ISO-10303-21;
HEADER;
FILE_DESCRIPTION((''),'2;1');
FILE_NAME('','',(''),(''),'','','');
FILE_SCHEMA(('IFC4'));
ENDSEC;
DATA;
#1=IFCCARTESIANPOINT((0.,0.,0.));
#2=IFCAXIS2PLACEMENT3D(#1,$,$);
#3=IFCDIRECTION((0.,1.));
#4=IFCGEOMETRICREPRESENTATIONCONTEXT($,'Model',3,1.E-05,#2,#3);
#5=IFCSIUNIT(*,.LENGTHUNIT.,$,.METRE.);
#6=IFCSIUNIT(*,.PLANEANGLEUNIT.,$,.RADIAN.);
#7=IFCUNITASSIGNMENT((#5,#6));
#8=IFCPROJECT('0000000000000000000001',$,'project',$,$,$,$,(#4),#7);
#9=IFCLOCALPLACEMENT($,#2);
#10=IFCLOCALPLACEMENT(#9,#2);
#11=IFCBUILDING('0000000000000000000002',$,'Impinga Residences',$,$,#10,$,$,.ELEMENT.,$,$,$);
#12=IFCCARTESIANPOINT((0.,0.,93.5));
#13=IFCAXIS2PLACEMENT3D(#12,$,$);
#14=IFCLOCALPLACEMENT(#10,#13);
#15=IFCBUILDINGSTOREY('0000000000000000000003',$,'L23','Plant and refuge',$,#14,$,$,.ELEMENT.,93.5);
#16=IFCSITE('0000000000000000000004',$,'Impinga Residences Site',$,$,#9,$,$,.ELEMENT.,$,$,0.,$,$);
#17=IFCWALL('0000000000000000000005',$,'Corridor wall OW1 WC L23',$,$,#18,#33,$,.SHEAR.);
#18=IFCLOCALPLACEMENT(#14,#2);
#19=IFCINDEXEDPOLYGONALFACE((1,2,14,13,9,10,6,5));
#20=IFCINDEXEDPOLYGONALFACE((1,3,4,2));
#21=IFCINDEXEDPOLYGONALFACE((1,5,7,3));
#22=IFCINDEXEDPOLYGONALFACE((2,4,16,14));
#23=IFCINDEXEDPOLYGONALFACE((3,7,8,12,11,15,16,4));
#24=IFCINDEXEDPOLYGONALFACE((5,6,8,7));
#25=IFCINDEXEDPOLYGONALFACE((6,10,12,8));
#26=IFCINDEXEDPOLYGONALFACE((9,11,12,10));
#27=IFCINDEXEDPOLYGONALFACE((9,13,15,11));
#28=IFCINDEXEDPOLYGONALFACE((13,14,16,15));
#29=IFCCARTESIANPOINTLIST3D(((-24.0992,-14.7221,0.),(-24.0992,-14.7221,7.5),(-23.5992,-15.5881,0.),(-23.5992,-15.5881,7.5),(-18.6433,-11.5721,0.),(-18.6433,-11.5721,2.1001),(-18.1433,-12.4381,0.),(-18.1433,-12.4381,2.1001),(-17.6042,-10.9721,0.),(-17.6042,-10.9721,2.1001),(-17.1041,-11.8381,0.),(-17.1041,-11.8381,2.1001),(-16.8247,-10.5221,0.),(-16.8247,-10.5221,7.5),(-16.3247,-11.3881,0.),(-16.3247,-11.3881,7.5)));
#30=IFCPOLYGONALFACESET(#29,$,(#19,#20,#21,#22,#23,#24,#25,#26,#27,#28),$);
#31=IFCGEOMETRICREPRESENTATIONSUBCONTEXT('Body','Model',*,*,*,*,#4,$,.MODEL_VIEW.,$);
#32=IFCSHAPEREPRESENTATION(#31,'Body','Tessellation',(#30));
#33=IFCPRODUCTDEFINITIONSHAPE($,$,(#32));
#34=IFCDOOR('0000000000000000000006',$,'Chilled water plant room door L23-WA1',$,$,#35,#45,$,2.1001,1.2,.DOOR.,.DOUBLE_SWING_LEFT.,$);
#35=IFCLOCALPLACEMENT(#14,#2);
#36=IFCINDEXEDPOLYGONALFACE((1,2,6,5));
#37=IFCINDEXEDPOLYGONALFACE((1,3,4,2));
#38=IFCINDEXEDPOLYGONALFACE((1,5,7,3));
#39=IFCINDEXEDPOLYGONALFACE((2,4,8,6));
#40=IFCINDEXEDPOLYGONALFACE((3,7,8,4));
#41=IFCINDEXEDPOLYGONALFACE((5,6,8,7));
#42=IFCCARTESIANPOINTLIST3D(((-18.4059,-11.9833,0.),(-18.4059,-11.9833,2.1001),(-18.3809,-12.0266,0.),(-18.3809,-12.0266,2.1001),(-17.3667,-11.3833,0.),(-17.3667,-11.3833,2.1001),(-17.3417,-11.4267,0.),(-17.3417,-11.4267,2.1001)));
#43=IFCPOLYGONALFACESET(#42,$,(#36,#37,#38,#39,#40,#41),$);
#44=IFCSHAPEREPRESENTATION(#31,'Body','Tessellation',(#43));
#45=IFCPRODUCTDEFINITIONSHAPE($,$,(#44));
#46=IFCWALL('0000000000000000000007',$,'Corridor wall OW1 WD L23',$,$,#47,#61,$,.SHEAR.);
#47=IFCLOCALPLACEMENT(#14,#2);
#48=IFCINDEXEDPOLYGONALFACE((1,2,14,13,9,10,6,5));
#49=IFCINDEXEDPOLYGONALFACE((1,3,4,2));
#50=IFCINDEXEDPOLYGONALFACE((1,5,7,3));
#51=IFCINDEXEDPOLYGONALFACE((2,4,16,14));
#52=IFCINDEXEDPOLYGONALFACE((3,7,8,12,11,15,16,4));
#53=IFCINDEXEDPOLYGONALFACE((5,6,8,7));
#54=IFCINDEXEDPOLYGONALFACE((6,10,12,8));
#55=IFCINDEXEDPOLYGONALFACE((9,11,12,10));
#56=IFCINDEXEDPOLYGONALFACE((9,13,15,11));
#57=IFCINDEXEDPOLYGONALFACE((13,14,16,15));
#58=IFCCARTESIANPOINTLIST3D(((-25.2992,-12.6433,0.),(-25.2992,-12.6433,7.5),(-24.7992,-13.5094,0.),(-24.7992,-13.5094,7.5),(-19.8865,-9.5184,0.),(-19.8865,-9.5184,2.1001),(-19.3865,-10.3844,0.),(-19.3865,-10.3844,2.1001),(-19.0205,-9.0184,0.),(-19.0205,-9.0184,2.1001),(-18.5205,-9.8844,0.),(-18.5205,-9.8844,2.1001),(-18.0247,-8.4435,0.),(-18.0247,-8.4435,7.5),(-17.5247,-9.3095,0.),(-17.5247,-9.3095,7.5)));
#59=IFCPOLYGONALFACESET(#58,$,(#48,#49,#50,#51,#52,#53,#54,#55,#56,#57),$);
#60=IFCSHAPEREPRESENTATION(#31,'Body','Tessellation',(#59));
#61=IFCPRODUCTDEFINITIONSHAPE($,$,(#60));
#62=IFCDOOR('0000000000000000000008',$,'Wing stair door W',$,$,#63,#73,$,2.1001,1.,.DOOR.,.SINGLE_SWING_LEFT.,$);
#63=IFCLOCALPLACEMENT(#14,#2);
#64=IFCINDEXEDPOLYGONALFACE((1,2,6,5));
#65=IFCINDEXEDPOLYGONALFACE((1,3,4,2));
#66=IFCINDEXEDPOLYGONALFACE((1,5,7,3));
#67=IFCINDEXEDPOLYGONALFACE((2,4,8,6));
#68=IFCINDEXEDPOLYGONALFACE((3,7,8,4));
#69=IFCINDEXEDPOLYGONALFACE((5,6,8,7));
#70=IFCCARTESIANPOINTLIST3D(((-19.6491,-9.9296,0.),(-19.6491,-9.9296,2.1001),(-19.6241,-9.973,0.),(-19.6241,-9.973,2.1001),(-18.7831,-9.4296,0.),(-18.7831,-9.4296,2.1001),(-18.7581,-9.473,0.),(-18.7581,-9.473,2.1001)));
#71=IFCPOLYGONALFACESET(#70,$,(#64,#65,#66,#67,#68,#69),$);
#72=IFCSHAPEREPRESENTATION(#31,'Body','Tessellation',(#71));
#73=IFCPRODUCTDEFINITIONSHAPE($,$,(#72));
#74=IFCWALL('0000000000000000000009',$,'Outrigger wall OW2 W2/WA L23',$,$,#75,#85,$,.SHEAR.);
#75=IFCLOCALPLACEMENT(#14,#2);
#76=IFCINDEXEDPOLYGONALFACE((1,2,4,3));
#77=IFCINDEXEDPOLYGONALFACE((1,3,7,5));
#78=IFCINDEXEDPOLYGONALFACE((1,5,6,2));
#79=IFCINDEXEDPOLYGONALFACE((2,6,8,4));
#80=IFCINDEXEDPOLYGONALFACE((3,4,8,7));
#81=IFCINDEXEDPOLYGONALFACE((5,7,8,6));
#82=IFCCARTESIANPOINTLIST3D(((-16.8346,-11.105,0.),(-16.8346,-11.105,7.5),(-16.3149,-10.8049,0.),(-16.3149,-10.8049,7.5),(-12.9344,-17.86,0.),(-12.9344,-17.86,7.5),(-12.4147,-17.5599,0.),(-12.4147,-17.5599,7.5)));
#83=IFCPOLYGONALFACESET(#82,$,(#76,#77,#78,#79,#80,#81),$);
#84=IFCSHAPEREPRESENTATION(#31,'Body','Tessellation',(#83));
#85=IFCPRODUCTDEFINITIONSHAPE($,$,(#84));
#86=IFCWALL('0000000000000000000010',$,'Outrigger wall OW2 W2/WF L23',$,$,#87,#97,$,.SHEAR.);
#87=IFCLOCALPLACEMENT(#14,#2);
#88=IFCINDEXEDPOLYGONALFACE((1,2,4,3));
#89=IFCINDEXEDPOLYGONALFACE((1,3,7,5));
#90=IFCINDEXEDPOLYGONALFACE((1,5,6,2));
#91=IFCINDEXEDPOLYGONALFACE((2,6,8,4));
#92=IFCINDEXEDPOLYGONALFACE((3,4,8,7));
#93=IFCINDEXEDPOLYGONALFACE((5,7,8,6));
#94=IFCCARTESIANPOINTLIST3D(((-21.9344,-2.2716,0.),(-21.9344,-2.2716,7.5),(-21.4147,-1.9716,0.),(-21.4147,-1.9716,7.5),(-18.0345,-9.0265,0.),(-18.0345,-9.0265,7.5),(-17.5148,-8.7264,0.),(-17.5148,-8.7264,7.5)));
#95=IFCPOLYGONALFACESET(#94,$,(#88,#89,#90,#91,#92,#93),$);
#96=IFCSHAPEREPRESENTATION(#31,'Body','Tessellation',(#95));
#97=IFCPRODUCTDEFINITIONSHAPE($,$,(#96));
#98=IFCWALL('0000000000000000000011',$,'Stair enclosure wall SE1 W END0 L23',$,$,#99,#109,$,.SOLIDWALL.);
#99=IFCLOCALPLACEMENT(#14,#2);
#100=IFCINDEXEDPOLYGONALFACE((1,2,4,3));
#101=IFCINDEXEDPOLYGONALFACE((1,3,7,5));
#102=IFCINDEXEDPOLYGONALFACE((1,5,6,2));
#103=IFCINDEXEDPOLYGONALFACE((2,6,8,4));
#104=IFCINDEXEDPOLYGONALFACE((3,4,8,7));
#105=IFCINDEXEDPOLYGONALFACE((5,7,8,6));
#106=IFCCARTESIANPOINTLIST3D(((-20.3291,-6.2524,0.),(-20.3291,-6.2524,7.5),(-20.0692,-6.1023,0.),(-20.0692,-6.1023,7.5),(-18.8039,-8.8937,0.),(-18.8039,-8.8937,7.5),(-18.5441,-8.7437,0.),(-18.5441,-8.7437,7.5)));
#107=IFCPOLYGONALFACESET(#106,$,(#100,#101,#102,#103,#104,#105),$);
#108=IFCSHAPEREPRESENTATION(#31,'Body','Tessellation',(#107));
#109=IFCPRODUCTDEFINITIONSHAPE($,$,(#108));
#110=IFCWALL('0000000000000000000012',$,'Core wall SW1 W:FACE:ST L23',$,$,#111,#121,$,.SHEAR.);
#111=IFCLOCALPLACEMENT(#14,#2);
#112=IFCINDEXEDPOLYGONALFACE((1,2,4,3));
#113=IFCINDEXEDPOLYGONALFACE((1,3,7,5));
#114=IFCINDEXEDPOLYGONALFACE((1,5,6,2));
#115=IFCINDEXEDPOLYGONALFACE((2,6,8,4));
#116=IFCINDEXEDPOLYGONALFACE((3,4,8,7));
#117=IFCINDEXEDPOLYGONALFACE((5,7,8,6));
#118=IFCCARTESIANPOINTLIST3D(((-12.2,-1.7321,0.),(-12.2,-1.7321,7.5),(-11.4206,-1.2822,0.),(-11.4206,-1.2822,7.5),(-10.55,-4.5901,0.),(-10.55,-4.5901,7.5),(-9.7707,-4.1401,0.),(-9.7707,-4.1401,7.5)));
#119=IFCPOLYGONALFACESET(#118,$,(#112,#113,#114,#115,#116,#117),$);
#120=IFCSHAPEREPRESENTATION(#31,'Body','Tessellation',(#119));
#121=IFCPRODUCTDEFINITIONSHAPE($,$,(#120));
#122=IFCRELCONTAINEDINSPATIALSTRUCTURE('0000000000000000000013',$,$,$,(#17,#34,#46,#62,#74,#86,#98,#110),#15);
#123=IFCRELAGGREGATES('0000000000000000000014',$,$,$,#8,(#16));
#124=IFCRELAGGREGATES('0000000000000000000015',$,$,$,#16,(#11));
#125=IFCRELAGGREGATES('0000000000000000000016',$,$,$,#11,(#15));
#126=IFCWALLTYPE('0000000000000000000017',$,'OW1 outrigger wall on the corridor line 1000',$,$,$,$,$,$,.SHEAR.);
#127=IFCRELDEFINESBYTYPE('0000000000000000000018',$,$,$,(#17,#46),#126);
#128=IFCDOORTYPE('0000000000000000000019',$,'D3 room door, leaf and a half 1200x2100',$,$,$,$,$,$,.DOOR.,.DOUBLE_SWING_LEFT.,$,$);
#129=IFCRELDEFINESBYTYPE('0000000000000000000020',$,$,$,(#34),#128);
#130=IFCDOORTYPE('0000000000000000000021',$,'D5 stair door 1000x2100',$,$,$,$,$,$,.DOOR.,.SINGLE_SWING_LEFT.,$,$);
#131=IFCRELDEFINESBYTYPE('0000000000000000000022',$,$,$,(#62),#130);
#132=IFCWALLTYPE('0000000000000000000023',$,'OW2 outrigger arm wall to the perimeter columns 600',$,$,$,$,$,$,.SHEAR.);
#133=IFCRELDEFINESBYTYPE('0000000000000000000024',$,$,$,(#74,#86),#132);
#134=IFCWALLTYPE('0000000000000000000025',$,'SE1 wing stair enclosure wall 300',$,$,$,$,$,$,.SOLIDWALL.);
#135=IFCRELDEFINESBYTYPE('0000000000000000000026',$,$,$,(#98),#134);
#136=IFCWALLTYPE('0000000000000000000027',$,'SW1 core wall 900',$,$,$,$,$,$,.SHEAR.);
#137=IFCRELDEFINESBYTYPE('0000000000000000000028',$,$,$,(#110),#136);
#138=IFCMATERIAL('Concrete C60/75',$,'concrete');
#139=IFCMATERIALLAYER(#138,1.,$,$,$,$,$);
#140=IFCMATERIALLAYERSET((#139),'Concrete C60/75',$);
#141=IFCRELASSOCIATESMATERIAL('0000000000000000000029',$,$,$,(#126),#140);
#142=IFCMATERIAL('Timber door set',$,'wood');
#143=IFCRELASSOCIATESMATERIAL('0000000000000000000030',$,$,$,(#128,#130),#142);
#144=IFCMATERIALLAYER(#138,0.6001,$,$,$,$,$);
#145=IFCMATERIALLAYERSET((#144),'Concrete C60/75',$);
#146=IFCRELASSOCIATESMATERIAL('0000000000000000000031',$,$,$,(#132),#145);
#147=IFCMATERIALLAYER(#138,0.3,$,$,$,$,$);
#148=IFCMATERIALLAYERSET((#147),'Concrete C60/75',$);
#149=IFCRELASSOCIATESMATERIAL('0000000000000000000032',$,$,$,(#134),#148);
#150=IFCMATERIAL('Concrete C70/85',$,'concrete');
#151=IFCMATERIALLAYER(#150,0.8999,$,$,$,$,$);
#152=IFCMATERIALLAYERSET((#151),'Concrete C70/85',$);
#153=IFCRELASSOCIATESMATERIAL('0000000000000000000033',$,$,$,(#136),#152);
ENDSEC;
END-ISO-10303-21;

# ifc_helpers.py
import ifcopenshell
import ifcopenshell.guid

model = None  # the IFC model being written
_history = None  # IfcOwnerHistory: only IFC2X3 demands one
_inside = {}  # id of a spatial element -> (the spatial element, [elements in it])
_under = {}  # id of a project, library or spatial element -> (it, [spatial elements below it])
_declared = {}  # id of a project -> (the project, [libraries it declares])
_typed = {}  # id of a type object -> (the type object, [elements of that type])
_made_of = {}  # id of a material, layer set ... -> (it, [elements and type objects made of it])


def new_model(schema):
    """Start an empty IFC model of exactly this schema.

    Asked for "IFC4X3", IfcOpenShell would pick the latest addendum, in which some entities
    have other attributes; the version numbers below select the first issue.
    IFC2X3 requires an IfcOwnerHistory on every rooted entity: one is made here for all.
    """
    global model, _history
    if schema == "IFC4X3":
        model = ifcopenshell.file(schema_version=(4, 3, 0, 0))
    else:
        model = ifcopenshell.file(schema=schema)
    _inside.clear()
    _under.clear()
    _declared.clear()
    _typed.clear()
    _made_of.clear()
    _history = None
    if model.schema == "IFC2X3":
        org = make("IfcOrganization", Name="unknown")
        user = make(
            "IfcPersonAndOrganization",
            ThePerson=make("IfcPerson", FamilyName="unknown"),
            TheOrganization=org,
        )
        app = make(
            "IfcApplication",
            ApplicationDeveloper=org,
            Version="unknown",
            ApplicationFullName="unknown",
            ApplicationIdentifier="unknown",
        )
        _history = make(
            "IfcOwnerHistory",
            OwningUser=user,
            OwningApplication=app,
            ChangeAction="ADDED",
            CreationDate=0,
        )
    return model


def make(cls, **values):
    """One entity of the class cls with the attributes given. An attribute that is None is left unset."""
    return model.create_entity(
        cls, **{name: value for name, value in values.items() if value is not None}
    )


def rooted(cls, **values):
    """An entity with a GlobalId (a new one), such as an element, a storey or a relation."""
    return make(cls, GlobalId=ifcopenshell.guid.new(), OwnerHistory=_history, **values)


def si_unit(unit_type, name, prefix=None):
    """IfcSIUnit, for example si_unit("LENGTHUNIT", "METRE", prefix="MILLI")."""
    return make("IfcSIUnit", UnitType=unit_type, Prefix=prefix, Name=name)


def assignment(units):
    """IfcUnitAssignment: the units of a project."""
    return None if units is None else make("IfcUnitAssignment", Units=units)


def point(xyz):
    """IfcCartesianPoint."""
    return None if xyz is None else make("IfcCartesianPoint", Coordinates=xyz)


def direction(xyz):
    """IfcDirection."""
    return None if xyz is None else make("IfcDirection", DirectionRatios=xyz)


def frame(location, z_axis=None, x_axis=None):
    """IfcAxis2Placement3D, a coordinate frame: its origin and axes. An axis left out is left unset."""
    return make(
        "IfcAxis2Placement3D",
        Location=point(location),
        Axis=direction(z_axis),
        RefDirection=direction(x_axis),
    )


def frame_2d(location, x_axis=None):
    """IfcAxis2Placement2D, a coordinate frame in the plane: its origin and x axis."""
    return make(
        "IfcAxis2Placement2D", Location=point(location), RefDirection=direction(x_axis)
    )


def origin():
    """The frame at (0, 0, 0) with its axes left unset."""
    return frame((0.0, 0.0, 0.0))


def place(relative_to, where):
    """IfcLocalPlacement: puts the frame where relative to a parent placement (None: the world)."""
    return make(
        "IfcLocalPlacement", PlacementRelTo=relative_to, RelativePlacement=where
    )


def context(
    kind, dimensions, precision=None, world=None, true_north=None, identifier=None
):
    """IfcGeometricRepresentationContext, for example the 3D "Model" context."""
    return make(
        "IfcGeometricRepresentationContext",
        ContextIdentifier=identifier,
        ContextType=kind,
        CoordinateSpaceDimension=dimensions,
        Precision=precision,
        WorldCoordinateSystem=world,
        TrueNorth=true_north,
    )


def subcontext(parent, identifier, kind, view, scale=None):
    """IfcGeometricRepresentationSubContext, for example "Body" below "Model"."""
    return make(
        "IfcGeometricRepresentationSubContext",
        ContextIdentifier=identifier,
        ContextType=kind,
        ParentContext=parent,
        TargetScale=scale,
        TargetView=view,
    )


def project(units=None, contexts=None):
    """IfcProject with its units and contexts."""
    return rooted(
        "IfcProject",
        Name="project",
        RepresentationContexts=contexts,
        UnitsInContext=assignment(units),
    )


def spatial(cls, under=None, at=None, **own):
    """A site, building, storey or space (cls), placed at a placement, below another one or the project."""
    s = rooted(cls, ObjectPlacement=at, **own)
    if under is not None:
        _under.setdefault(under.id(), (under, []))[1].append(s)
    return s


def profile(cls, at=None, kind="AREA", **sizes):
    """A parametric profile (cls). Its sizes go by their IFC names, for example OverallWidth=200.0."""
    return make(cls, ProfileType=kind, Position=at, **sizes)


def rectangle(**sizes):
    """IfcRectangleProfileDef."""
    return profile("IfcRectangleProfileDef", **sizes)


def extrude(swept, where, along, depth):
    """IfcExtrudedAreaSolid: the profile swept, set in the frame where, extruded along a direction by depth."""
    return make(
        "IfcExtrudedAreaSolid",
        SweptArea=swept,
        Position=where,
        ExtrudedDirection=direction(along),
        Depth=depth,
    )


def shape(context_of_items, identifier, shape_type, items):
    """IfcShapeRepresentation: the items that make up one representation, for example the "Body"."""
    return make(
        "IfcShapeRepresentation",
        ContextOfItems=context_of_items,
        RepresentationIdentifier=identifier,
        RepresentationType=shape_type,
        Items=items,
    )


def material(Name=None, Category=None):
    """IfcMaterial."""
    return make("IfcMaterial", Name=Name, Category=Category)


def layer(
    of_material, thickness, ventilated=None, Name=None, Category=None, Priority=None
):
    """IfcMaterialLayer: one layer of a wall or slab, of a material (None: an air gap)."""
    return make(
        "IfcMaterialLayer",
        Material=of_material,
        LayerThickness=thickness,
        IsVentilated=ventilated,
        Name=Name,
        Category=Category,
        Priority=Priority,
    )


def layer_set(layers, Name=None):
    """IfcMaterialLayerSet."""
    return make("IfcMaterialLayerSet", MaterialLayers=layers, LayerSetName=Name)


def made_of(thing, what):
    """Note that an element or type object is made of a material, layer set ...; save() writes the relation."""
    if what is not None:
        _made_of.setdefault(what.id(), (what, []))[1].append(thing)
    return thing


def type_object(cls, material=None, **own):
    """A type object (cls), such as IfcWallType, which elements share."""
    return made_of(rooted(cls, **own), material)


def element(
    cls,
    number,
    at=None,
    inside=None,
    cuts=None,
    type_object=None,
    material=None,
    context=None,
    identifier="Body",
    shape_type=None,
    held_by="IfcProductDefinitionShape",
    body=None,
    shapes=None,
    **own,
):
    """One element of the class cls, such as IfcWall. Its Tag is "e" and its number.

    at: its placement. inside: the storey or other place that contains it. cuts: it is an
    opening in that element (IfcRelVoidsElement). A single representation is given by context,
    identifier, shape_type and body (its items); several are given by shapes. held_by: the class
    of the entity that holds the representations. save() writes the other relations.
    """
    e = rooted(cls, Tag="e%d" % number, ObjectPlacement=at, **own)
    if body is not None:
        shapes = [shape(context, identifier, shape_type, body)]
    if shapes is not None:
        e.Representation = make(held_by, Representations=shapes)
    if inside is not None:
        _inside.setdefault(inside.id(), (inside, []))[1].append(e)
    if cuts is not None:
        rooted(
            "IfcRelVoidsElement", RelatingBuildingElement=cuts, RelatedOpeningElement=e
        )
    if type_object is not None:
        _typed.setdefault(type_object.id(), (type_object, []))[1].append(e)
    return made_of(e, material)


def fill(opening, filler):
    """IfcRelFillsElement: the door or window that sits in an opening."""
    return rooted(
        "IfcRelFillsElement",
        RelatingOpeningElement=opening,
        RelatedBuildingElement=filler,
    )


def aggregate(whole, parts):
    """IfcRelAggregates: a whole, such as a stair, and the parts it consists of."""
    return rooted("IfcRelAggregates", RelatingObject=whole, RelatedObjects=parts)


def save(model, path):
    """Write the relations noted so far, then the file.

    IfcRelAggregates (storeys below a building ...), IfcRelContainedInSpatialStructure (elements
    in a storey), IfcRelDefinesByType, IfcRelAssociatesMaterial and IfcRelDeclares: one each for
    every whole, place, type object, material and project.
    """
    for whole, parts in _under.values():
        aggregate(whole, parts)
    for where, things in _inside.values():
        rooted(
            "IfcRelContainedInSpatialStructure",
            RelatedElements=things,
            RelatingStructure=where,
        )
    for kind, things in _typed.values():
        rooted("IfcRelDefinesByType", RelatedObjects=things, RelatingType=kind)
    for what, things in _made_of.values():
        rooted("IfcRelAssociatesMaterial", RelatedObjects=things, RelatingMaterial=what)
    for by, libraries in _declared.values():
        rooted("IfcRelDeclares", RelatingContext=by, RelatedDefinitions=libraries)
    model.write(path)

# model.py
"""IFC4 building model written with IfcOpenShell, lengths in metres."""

from ifc_helpers import new_model, si_unit, direction, frame, frame_2d, origin, place, context, subcontext, project, spatial, rectangle, extrude, material, layer, layer_set, type_object, element, fill, save


model = new_model("IFC4")

# Units and contexts
model_context = context("Model", 3, precision=1e-05, world=origin(), true_north=direction((0.0, 1.0)))
body_context = subcontext(model_context, "Body", "Model", "MODEL_VIEW")
ifc_project = project(units=[si_unit("LENGTHUNIT", "METRE"), si_unit("PLANEANGLEUNIT", "RADIAN")], contexts=[model_context])

# Site, building, storey
site_placement = place(None, origin())
site = spatial("IfcSite", under=ifc_project, at=site_placement, Name="Impinga Residences Site", CompositionType="ELEMENT", RefElevation=0.0)
building_placement = place(site_placement, origin())
building = spatial("IfcBuilding", under=site, at=building_placement, Name="Impinga Residences", CompositionType="ELEMENT")
storey_placement = place(building_placement, frame((0.0, 0.0, 93.5)))
storey = spatial("IfcBuildingStorey", under=building, at=storey_placement, Name="L23", Description="Plant and refuge", CompositionType="ELEMENT", Elevation=93.5)

# Shared definitions
ifc_material_1 = material(Name="Concrete C70/85", Category="concrete")

# Walls, openings, doors
ifc_material_2 = material(Name="Concrete C60/75", Category="concrete")
ifc_layer_1 = layer(ifc_material_2, 1.0)
ifc_layer_set_1 = layer_set([ifc_layer_1], Name="Concrete C60/75")
wall_type_1 = type_object("IfcWallType", Name="OW1 outrigger wall on the corridor line 1000", PredefinedType="SHEAR", material=ifc_layer_set_1)
wall_1_placement = place(storey_placement, frame((-16.5747, -10.9551, 0.0), z_axis=(0.0, 0.0, 1.0), x_axis=(-0.866022, -0.500006, 0.0)))
wall_1 = element("IfcWall", 1, at=wall_1_placement, inside=storey, type_object=wall_type_1, Name="Corridor wall OW1 WC L23", PredefinedType="SHEAR", context=body_context, shape_type="SweptSolid", body=[
    extrude(rectangle(XDim=8.3999, YDim=1.0, at=frame_2d((4.2, 0.0))), origin(), (0.0, 0.0, 1.0), 7.5),
])
opening_1_placement = place(wall_1_placement, frame((0.8999, 0.0, 0.0)))
opening_1 = element("IfcOpeningElement", 2, at=opening_1_placement, cuts=wall_1, PredefinedType="OPENING", context=body_context, shape_type="SweptSolid", body=[
    extrude(rectangle(XDim=1.2, YDim=2.1001, at=frame_2d((0.6001, 1.05))), frame((0.0, 0.51, 0.0), z_axis=(0.0, -1.0, 0.0), x_axis=(1.0, 0.0, 0.0)), (0.0, 0.0, 1.0), 1.02),
])
ifc_material_3 = material(Name="Timber door set", Category="wood")
door_type_1 = type_object("IfcDoorType", Name="D3 room door, leaf and a half 1200x2100", OperationType="DOUBLE_SWING_LEFT", PredefinedType="DOOR", material=ifc_material_3)
door_1_placement = place(opening_1_placement, origin())
door_1 = element("IfcDoor", 3, at=door_1_placement, inside=storey, type_object=door_type_1, Name="Chilled water plant room door L23-WA1", OperationType="DOUBLE_SWING_LEFT", OverallHeight=2.1001, OverallWidth=1.2, PredefinedType="DOOR", context=body_context, shape_type="SweptSolid", body=[
    extrude(rectangle(XDim=1.2, YDim=2.1001, at=frame_2d((0.6001, 1.05))), frame((0.0, 0.0249, 0.0), z_axis=(0.0, -1.0, 0.0), x_axis=(1.0, 0.0, 0.0)), (0.0, 0.0, 1.0), 0.05),
])
fill(opening_1, door_1)
wall_2_placement = place(storey_placement, frame((-17.7747, -8.8765, 0.0), z_axis=(0.0, 0.0, 1.0), x_axis=(-0.866029, -0.499993, 0.0)))
wall_2 = element("IfcWall", 4, at=wall_2_placement, inside=storey, type_object=wall_type_1, Name="Corridor wall OW1 WD L23", PredefinedType="SHEAR", context=body_context, shape_type="SweptSolid", body=[
    extrude(rectangle(XDim=8.3999, YDim=1.0, at=frame_2d((4.2, 0.0))), origin(), (0.0, 0.0, 1.0), 7.5),
])
opening_2_placement = place(wall_2_placement, frame((1.1499, 0.0, 0.0)))
opening_2 = element("IfcOpeningElement", 5, at=opening_2_placement, cuts=wall_2, PredefinedType="OPENING", context=body_context, shape_type="SweptSolid", body=[
    extrude(rectangle(XDim=1.0, YDim=2.1001, at=frame_2d((0.5, 1.05))), frame((0.0, 0.51, 0.0), z_axis=(0.0, -1.0, 0.0), x_axis=(1.0, 0.0, 0.0)), (0.0, 0.0, 1.0), 1.02),
])
door_type_2 = type_object("IfcDoorType", Name="D5 stair door 1000x2100", OperationType="SINGLE_SWING_LEFT", PredefinedType="DOOR", material=ifc_material_3)
door_2_placement = place(opening_2_placement, origin())
door_2 = element("IfcDoor", 6, at=door_2_placement, inside=storey, type_object=door_type_2, Name="Wing stair door W", OperationType="SINGLE_SWING_LEFT", OverallHeight=2.1001, OverallWidth=1.0, PredefinedType="DOOR", context=body_context, shape_type="SweptSolid", body=[
    extrude(rectangle(XDim=1.0, YDim=2.1001, at=frame_2d((0.5, 1.05))), frame((0.0, 0.0249, 0.0), z_axis=(0.0, -1.0, 0.0), x_axis=(1.0, 0.0, 0.0)), (0.0, 0.0, 1.0), 0.05),
])
fill(opening_2, door_2)

# Walls
ifc_layer_2 = layer(ifc_material_2, 0.6001)
ifc_layer_set_2 = layer_set([ifc_layer_2], Name="Concrete C60/75")
wall_type_2 = type_object("IfcWallType", Name="OW2 outrigger arm wall to the perimeter columns 600", PredefinedType="SHEAR", material=ifc_layer_set_2)
wall_3_placement = place(storey_placement, frame((-16.5747, -10.9551, 0.0), z_axis=(0.0, 0.0, 1.0), x_axis=(0.50002, -0.866014, 0.0)))
element("IfcWall", 7, at=wall_3_placement, inside=storey, type_object=wall_type_2, Name="Outrigger wall OW2 W2/WA L23", PredefinedType="SHEAR", context=body_context, shape_type="SweptSolid", body=[
    extrude(rectangle(XDim=7.8, YDim=0.6001, at=frame_2d((3.8999, 0.0))), origin(), (0.0, 0.0, 1.0), 7.5),
])
wall_4_placement = place(storey_placement, frame((-17.7747, -8.8765, 0.0), z_axis=(0.0, 0.0, 1.0), x_axis=(-0.499997, 0.866027, 0.0)))
element("IfcWall", 8, at=wall_4_placement, inside=storey, type_object=wall_type_2, Name="Outrigger wall OW2 W2/WF L23", PredefinedType="SHEAR", context=body_context, shape_type="SweptSolid", body=[
    extrude(rectangle(XDim=7.7998, YDim=0.6001, at=frame_2d((3.8999, 0.0))), origin(), (0.0, 0.0, 1.0), 7.5),
])
ifc_layer_3 = layer(ifc_material_2, 0.3)
ifc_layer_set_3 = layer_set([ifc_layer_3], Name="Concrete C60/75")
wall_type_3 = type_object("IfcWallType", Name="SE1 wing stair enclosure wall 300", PredefinedType="SOLIDWALL", material=ifc_layer_set_3)
wall_5_placement = place(storey_placement, frame((-18.6741, -8.8186, 0.0), z_axis=(0.0, 0.0, 1.0), x_axis=(-0.500039, 0.866003, 0.0)))
element("IfcWall", 9, at=wall_5_placement, inside=storey, type_object=wall_type_3, Name="Stair enclosure wall SE1 W END0 L23", PredefinedType="SOLIDWALL", context=body_context, shape_type="SweptSolid", body=[
    extrude(rectangle(XDim=3.05, YDim=0.3, at=frame_2d((1.5249, 0.0))), origin(), (0.0, 0.0, 1.0), 7.5),
])
ifc_layer_4 = layer(ifc_material_1, 0.8999)
ifc_layer_set_4 = layer_set([ifc_layer_4], Name="Concrete C70/85")
wall_type_4 = type_object("IfcWallType", Name="SW1 core wall 900", PredefinedType="SHEAR", material=ifc_layer_set_4)
wall_6_placement = place(storey_placement, frame((-10.1604, -4.365, 0.0), z_axis=(0.0, 0.0, 1.0), x_axis=(-0.499974, 0.86604, 0.0)))
element("IfcWall", 10, at=wall_6_placement, inside=storey, type_object=wall_type_4, Name="Core wall SW1 W:FACE:ST L23", PredefinedType="SHEAR", context=body_context, shape_type="SweptSolid", body=[
    extrude(rectangle(XDim=3.3, YDim=0.8999, at=frame_2d((1.6499, 0.0))), origin(), (0.0, 0.0, 1.0), 7.5),
])

save(model, "model.ifc")
